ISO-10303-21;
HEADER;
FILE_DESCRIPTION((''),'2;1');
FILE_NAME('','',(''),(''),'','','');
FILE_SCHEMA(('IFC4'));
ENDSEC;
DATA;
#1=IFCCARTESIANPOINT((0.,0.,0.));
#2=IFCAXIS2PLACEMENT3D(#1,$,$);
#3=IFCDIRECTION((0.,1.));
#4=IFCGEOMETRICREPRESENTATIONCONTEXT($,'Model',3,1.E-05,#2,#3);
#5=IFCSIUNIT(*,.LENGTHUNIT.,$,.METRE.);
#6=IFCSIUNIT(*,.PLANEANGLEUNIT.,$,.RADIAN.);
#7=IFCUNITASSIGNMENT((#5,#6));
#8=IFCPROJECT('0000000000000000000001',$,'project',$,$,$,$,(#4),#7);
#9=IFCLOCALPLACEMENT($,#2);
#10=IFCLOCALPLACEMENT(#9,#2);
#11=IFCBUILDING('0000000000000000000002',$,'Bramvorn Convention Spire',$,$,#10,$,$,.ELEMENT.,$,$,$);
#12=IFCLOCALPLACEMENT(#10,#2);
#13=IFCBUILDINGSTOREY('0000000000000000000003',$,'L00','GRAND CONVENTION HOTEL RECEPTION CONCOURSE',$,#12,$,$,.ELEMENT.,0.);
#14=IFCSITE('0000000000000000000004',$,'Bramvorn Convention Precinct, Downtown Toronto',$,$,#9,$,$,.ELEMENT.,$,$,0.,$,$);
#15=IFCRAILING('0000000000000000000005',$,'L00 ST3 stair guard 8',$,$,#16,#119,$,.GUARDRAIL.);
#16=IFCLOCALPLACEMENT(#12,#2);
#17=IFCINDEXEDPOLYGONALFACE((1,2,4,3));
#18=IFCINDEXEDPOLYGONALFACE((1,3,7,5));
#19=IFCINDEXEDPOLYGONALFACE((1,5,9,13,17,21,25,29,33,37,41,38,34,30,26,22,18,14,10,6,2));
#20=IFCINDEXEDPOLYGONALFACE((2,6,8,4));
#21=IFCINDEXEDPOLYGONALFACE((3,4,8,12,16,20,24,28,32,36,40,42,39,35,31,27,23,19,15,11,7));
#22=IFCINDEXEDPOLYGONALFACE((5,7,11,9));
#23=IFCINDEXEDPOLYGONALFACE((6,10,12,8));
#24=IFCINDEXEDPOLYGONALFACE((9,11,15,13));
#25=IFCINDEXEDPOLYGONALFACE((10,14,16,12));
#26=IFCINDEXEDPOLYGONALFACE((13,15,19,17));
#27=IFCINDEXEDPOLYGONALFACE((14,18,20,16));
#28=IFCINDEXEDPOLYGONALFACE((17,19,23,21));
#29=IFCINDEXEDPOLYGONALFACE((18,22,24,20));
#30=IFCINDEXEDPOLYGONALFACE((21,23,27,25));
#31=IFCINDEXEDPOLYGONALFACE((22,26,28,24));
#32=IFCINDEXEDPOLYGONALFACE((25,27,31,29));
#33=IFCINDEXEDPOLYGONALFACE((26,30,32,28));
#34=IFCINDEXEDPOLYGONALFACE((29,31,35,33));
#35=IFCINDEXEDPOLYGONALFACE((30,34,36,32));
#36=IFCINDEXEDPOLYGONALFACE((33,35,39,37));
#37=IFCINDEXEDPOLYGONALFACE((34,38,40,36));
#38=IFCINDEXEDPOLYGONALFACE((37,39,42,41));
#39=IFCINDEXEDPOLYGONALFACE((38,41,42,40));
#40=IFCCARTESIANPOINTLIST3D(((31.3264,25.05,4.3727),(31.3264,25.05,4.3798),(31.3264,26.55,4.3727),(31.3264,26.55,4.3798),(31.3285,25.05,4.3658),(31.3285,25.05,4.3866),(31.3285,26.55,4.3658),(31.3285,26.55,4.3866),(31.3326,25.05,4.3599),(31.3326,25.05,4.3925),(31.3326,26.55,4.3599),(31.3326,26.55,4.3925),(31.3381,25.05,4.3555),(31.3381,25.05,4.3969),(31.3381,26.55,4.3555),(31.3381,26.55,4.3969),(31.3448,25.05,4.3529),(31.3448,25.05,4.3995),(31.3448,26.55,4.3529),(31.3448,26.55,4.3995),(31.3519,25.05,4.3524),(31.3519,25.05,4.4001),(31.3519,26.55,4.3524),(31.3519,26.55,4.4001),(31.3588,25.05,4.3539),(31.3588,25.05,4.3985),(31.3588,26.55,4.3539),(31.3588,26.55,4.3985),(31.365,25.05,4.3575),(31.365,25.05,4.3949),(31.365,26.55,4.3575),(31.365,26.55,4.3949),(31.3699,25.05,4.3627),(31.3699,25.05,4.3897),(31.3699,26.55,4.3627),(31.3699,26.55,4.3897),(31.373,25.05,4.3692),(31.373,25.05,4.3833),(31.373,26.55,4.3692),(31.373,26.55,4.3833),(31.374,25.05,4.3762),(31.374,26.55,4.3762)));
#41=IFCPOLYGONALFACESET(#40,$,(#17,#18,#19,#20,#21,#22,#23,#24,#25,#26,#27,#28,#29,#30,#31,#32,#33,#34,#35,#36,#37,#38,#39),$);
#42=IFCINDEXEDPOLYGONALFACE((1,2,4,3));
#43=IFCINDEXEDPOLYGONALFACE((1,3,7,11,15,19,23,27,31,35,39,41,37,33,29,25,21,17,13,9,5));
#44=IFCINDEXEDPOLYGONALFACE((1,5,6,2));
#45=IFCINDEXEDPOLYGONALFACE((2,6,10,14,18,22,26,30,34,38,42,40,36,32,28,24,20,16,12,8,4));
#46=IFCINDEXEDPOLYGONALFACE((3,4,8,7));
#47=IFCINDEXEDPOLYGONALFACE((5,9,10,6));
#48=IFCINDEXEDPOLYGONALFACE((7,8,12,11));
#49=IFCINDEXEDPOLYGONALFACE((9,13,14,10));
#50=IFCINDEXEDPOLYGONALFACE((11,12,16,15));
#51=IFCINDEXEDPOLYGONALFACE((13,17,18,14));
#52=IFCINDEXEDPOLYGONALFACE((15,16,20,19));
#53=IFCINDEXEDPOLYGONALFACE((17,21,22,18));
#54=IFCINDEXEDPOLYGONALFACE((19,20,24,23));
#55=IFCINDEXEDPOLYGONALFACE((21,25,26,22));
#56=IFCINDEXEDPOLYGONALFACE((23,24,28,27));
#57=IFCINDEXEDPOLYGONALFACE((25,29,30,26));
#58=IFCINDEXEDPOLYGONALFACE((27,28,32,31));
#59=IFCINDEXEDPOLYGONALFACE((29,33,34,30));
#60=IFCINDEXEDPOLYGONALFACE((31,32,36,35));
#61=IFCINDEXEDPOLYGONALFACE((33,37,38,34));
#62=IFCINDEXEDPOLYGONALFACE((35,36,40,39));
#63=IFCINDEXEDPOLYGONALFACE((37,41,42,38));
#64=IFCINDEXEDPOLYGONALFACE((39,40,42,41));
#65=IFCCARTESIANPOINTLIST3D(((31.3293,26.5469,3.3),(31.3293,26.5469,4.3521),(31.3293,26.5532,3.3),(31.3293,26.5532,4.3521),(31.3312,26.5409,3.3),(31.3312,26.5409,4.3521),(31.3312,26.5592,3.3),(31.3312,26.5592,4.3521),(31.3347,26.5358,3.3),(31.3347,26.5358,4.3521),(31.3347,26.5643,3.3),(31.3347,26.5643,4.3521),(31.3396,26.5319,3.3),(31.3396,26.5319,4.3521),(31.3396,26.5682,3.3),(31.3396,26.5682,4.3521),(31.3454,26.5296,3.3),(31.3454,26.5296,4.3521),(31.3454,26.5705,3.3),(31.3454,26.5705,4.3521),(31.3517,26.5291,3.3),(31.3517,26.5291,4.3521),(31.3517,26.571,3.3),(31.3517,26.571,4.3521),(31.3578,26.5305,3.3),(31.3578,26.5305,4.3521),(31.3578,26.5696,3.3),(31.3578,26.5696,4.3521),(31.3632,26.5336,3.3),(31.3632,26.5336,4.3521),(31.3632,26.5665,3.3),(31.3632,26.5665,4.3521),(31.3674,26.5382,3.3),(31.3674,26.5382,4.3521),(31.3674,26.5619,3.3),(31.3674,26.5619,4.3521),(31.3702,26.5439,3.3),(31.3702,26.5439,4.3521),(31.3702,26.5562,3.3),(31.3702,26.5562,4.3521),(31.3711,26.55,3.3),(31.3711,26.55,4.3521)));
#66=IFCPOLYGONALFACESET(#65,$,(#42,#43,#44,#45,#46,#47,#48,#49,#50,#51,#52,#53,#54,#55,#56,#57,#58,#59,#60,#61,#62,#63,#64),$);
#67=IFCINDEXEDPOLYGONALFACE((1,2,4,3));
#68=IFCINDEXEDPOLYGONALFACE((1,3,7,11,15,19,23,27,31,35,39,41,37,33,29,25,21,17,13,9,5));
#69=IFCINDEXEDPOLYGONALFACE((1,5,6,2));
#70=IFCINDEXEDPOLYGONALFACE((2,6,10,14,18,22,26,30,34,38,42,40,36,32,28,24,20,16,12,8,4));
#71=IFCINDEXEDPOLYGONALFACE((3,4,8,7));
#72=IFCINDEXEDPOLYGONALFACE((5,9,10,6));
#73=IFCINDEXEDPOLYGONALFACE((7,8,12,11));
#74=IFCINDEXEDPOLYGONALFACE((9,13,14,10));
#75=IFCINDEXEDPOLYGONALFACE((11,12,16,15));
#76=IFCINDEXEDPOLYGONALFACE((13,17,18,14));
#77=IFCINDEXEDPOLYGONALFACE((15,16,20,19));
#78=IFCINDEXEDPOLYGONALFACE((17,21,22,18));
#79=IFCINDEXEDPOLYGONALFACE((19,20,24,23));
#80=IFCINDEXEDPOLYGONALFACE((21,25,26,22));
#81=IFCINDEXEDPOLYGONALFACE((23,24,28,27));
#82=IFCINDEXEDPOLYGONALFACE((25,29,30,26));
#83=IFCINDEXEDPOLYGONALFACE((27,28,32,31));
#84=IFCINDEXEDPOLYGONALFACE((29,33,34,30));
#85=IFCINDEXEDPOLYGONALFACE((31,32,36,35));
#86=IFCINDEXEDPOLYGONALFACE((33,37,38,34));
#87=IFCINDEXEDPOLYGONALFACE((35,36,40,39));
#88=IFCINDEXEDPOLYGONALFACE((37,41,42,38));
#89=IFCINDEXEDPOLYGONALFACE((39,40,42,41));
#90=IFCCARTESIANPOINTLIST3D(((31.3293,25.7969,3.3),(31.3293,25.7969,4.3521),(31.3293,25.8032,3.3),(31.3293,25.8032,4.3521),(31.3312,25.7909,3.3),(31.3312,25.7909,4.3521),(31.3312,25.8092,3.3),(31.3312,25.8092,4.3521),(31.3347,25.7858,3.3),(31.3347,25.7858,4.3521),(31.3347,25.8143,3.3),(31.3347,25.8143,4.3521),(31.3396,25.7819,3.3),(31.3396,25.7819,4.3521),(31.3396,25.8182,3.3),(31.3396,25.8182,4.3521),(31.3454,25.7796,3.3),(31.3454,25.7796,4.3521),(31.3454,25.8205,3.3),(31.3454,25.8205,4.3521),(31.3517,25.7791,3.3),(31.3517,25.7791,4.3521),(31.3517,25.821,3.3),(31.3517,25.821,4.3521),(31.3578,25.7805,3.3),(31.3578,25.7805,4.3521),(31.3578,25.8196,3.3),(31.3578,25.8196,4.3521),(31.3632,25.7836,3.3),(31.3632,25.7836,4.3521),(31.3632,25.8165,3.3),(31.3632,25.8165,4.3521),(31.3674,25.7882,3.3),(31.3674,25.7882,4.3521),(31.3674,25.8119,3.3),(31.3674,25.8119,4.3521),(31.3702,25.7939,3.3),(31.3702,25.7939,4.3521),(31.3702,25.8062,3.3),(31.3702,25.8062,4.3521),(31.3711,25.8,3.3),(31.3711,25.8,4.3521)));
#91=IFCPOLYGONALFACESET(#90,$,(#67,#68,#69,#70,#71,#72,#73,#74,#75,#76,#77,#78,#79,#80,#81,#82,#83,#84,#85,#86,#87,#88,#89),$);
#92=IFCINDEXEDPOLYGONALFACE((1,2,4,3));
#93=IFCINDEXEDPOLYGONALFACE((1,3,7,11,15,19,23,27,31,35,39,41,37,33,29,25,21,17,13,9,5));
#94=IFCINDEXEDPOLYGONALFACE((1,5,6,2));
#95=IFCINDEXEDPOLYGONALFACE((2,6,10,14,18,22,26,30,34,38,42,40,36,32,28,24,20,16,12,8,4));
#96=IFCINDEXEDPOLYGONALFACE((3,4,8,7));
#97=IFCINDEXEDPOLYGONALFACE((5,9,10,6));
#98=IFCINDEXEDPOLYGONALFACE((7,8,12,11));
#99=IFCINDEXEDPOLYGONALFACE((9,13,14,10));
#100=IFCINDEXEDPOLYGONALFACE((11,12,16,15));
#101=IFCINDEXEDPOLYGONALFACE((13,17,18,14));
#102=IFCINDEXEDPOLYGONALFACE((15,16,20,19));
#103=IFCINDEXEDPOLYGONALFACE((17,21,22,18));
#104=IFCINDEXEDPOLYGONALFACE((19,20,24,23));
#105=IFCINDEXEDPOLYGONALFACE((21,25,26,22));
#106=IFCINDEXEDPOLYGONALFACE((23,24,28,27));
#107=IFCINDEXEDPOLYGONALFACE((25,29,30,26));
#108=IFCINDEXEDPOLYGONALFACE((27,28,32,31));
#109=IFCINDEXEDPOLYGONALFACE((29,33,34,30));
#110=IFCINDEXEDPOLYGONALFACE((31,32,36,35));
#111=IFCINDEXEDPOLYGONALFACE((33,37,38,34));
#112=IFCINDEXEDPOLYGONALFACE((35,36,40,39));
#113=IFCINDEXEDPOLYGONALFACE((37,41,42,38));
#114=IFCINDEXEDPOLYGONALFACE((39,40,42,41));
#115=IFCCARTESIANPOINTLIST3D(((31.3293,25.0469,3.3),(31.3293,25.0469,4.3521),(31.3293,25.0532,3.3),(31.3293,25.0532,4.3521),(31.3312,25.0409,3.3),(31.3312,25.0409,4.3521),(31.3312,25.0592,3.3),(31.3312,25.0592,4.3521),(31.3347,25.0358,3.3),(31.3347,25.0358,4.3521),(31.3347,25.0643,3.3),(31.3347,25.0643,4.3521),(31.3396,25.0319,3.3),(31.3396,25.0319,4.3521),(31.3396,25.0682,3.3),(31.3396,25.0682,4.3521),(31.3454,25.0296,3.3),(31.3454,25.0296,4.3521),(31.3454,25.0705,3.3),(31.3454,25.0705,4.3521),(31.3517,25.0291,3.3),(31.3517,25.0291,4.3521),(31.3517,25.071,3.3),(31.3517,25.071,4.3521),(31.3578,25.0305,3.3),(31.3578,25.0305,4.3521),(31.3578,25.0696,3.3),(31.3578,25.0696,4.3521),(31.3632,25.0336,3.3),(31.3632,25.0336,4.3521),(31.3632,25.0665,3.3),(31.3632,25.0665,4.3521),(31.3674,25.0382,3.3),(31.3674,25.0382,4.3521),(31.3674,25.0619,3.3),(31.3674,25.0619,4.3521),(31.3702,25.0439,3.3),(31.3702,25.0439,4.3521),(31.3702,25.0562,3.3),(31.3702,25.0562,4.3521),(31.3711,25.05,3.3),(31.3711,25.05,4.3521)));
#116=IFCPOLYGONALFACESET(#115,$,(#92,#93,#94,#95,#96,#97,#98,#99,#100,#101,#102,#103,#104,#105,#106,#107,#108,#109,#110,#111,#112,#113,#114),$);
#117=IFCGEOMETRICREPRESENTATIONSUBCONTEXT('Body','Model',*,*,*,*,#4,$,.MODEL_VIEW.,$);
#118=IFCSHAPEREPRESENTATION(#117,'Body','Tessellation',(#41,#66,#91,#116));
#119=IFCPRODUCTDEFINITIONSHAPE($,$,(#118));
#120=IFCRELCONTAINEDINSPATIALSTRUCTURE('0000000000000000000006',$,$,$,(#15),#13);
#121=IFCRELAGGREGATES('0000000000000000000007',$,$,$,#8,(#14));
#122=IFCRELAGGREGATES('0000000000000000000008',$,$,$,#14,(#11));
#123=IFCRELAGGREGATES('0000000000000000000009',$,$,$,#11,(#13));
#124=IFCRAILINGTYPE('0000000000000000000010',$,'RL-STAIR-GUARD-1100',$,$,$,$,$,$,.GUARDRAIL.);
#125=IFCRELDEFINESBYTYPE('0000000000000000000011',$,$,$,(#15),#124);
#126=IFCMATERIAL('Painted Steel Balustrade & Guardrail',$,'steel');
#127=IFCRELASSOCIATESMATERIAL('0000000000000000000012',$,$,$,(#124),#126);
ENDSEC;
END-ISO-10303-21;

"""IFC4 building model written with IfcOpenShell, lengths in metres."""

from ifc_helpers import new_model, si_unit, direction, frame, origin, origin_2d, place, context, subcontext, project, spatial, circle, extrude, material, type_object, element, save


model = new_model("IFC4")

# Units and contexts
model_context = context("Model", 3, precision=1e-05, world=origin(), true_north=direction((0.0, 1.0)))
body_context = subcontext(model_context, "Body", "Model", "MODEL_VIEW")
ifc_project = project(units=[si_unit("LENGTHUNIT", "METRE"), si_unit("PLANEANGLEUNIT", "RADIAN")], contexts=[model_context])

# Site, building, storey
site_placement = place(None, origin())
site = spatial("IfcSite", under=ifc_project, at=site_placement, Name="Bramvorn Convention Precinct, Downtown Toronto", CompositionType="ELEMENT", RefElevation=0.0)
building_placement = place(site_placement, origin())
building = spatial("IfcBuilding", under=site, at=building_placement, Name="Bramvorn Convention Spire", CompositionType="ELEMENT")
storey_placement = place(building_placement, origin())
storey = spatial("IfcBuildingStorey", under=building, at=storey_placement, Name="L00", Description="GRAND CONVENTION HOTEL RECEPTION CONCOURSE", CompositionType="ELEMENT", Elevation=0.0)

# Railing
ifc_material_1 = material(Name="Painted Steel Balustrade & Guardrail", Category="steel")
railing_type = type_object("IfcRailingType", Name="RL-STAIR-GUARD-1100", PredefinedType="GUARDRAIL", material=ifc_material_1)
railing_1_placement = place(storey_placement, frame((31.3501, 26.55, 3.3)))
element("IfcRailing", 1, at=railing_1_placement, inside=storey, type_object=railing_type, Name="L00 ST3 stair guard 8", PredefinedType="GUARDRAIL", context=body_context, shape_type="SweptSolid", body=[
    extrude(circle(Radius=0.0239, at=origin_2d()), frame((0.0, 0.0, 1.0762), z_axis=(0.0, -1.0, 0.0), x_axis=(1.0, 0.0, 0.0)), (0.0, 0.0, 1.0), 1.5),
    extrude(circle(Radius=0.021, at=origin_2d()), origin(), (0.0, 0.0, 1.0), 1.052),
    extrude(circle(Radius=0.021, at=origin_2d()), frame((0.0, -0.75, 0.0)), (0.0, 0.0, 1.0), 1.052),
    extrude(circle(Radius=0.021, at=origin_2d()), frame((0.0, -1.5, 0.0)), (0.0, 0.0, 1.0), 1.052),
])

save(model, "model.ifc")
